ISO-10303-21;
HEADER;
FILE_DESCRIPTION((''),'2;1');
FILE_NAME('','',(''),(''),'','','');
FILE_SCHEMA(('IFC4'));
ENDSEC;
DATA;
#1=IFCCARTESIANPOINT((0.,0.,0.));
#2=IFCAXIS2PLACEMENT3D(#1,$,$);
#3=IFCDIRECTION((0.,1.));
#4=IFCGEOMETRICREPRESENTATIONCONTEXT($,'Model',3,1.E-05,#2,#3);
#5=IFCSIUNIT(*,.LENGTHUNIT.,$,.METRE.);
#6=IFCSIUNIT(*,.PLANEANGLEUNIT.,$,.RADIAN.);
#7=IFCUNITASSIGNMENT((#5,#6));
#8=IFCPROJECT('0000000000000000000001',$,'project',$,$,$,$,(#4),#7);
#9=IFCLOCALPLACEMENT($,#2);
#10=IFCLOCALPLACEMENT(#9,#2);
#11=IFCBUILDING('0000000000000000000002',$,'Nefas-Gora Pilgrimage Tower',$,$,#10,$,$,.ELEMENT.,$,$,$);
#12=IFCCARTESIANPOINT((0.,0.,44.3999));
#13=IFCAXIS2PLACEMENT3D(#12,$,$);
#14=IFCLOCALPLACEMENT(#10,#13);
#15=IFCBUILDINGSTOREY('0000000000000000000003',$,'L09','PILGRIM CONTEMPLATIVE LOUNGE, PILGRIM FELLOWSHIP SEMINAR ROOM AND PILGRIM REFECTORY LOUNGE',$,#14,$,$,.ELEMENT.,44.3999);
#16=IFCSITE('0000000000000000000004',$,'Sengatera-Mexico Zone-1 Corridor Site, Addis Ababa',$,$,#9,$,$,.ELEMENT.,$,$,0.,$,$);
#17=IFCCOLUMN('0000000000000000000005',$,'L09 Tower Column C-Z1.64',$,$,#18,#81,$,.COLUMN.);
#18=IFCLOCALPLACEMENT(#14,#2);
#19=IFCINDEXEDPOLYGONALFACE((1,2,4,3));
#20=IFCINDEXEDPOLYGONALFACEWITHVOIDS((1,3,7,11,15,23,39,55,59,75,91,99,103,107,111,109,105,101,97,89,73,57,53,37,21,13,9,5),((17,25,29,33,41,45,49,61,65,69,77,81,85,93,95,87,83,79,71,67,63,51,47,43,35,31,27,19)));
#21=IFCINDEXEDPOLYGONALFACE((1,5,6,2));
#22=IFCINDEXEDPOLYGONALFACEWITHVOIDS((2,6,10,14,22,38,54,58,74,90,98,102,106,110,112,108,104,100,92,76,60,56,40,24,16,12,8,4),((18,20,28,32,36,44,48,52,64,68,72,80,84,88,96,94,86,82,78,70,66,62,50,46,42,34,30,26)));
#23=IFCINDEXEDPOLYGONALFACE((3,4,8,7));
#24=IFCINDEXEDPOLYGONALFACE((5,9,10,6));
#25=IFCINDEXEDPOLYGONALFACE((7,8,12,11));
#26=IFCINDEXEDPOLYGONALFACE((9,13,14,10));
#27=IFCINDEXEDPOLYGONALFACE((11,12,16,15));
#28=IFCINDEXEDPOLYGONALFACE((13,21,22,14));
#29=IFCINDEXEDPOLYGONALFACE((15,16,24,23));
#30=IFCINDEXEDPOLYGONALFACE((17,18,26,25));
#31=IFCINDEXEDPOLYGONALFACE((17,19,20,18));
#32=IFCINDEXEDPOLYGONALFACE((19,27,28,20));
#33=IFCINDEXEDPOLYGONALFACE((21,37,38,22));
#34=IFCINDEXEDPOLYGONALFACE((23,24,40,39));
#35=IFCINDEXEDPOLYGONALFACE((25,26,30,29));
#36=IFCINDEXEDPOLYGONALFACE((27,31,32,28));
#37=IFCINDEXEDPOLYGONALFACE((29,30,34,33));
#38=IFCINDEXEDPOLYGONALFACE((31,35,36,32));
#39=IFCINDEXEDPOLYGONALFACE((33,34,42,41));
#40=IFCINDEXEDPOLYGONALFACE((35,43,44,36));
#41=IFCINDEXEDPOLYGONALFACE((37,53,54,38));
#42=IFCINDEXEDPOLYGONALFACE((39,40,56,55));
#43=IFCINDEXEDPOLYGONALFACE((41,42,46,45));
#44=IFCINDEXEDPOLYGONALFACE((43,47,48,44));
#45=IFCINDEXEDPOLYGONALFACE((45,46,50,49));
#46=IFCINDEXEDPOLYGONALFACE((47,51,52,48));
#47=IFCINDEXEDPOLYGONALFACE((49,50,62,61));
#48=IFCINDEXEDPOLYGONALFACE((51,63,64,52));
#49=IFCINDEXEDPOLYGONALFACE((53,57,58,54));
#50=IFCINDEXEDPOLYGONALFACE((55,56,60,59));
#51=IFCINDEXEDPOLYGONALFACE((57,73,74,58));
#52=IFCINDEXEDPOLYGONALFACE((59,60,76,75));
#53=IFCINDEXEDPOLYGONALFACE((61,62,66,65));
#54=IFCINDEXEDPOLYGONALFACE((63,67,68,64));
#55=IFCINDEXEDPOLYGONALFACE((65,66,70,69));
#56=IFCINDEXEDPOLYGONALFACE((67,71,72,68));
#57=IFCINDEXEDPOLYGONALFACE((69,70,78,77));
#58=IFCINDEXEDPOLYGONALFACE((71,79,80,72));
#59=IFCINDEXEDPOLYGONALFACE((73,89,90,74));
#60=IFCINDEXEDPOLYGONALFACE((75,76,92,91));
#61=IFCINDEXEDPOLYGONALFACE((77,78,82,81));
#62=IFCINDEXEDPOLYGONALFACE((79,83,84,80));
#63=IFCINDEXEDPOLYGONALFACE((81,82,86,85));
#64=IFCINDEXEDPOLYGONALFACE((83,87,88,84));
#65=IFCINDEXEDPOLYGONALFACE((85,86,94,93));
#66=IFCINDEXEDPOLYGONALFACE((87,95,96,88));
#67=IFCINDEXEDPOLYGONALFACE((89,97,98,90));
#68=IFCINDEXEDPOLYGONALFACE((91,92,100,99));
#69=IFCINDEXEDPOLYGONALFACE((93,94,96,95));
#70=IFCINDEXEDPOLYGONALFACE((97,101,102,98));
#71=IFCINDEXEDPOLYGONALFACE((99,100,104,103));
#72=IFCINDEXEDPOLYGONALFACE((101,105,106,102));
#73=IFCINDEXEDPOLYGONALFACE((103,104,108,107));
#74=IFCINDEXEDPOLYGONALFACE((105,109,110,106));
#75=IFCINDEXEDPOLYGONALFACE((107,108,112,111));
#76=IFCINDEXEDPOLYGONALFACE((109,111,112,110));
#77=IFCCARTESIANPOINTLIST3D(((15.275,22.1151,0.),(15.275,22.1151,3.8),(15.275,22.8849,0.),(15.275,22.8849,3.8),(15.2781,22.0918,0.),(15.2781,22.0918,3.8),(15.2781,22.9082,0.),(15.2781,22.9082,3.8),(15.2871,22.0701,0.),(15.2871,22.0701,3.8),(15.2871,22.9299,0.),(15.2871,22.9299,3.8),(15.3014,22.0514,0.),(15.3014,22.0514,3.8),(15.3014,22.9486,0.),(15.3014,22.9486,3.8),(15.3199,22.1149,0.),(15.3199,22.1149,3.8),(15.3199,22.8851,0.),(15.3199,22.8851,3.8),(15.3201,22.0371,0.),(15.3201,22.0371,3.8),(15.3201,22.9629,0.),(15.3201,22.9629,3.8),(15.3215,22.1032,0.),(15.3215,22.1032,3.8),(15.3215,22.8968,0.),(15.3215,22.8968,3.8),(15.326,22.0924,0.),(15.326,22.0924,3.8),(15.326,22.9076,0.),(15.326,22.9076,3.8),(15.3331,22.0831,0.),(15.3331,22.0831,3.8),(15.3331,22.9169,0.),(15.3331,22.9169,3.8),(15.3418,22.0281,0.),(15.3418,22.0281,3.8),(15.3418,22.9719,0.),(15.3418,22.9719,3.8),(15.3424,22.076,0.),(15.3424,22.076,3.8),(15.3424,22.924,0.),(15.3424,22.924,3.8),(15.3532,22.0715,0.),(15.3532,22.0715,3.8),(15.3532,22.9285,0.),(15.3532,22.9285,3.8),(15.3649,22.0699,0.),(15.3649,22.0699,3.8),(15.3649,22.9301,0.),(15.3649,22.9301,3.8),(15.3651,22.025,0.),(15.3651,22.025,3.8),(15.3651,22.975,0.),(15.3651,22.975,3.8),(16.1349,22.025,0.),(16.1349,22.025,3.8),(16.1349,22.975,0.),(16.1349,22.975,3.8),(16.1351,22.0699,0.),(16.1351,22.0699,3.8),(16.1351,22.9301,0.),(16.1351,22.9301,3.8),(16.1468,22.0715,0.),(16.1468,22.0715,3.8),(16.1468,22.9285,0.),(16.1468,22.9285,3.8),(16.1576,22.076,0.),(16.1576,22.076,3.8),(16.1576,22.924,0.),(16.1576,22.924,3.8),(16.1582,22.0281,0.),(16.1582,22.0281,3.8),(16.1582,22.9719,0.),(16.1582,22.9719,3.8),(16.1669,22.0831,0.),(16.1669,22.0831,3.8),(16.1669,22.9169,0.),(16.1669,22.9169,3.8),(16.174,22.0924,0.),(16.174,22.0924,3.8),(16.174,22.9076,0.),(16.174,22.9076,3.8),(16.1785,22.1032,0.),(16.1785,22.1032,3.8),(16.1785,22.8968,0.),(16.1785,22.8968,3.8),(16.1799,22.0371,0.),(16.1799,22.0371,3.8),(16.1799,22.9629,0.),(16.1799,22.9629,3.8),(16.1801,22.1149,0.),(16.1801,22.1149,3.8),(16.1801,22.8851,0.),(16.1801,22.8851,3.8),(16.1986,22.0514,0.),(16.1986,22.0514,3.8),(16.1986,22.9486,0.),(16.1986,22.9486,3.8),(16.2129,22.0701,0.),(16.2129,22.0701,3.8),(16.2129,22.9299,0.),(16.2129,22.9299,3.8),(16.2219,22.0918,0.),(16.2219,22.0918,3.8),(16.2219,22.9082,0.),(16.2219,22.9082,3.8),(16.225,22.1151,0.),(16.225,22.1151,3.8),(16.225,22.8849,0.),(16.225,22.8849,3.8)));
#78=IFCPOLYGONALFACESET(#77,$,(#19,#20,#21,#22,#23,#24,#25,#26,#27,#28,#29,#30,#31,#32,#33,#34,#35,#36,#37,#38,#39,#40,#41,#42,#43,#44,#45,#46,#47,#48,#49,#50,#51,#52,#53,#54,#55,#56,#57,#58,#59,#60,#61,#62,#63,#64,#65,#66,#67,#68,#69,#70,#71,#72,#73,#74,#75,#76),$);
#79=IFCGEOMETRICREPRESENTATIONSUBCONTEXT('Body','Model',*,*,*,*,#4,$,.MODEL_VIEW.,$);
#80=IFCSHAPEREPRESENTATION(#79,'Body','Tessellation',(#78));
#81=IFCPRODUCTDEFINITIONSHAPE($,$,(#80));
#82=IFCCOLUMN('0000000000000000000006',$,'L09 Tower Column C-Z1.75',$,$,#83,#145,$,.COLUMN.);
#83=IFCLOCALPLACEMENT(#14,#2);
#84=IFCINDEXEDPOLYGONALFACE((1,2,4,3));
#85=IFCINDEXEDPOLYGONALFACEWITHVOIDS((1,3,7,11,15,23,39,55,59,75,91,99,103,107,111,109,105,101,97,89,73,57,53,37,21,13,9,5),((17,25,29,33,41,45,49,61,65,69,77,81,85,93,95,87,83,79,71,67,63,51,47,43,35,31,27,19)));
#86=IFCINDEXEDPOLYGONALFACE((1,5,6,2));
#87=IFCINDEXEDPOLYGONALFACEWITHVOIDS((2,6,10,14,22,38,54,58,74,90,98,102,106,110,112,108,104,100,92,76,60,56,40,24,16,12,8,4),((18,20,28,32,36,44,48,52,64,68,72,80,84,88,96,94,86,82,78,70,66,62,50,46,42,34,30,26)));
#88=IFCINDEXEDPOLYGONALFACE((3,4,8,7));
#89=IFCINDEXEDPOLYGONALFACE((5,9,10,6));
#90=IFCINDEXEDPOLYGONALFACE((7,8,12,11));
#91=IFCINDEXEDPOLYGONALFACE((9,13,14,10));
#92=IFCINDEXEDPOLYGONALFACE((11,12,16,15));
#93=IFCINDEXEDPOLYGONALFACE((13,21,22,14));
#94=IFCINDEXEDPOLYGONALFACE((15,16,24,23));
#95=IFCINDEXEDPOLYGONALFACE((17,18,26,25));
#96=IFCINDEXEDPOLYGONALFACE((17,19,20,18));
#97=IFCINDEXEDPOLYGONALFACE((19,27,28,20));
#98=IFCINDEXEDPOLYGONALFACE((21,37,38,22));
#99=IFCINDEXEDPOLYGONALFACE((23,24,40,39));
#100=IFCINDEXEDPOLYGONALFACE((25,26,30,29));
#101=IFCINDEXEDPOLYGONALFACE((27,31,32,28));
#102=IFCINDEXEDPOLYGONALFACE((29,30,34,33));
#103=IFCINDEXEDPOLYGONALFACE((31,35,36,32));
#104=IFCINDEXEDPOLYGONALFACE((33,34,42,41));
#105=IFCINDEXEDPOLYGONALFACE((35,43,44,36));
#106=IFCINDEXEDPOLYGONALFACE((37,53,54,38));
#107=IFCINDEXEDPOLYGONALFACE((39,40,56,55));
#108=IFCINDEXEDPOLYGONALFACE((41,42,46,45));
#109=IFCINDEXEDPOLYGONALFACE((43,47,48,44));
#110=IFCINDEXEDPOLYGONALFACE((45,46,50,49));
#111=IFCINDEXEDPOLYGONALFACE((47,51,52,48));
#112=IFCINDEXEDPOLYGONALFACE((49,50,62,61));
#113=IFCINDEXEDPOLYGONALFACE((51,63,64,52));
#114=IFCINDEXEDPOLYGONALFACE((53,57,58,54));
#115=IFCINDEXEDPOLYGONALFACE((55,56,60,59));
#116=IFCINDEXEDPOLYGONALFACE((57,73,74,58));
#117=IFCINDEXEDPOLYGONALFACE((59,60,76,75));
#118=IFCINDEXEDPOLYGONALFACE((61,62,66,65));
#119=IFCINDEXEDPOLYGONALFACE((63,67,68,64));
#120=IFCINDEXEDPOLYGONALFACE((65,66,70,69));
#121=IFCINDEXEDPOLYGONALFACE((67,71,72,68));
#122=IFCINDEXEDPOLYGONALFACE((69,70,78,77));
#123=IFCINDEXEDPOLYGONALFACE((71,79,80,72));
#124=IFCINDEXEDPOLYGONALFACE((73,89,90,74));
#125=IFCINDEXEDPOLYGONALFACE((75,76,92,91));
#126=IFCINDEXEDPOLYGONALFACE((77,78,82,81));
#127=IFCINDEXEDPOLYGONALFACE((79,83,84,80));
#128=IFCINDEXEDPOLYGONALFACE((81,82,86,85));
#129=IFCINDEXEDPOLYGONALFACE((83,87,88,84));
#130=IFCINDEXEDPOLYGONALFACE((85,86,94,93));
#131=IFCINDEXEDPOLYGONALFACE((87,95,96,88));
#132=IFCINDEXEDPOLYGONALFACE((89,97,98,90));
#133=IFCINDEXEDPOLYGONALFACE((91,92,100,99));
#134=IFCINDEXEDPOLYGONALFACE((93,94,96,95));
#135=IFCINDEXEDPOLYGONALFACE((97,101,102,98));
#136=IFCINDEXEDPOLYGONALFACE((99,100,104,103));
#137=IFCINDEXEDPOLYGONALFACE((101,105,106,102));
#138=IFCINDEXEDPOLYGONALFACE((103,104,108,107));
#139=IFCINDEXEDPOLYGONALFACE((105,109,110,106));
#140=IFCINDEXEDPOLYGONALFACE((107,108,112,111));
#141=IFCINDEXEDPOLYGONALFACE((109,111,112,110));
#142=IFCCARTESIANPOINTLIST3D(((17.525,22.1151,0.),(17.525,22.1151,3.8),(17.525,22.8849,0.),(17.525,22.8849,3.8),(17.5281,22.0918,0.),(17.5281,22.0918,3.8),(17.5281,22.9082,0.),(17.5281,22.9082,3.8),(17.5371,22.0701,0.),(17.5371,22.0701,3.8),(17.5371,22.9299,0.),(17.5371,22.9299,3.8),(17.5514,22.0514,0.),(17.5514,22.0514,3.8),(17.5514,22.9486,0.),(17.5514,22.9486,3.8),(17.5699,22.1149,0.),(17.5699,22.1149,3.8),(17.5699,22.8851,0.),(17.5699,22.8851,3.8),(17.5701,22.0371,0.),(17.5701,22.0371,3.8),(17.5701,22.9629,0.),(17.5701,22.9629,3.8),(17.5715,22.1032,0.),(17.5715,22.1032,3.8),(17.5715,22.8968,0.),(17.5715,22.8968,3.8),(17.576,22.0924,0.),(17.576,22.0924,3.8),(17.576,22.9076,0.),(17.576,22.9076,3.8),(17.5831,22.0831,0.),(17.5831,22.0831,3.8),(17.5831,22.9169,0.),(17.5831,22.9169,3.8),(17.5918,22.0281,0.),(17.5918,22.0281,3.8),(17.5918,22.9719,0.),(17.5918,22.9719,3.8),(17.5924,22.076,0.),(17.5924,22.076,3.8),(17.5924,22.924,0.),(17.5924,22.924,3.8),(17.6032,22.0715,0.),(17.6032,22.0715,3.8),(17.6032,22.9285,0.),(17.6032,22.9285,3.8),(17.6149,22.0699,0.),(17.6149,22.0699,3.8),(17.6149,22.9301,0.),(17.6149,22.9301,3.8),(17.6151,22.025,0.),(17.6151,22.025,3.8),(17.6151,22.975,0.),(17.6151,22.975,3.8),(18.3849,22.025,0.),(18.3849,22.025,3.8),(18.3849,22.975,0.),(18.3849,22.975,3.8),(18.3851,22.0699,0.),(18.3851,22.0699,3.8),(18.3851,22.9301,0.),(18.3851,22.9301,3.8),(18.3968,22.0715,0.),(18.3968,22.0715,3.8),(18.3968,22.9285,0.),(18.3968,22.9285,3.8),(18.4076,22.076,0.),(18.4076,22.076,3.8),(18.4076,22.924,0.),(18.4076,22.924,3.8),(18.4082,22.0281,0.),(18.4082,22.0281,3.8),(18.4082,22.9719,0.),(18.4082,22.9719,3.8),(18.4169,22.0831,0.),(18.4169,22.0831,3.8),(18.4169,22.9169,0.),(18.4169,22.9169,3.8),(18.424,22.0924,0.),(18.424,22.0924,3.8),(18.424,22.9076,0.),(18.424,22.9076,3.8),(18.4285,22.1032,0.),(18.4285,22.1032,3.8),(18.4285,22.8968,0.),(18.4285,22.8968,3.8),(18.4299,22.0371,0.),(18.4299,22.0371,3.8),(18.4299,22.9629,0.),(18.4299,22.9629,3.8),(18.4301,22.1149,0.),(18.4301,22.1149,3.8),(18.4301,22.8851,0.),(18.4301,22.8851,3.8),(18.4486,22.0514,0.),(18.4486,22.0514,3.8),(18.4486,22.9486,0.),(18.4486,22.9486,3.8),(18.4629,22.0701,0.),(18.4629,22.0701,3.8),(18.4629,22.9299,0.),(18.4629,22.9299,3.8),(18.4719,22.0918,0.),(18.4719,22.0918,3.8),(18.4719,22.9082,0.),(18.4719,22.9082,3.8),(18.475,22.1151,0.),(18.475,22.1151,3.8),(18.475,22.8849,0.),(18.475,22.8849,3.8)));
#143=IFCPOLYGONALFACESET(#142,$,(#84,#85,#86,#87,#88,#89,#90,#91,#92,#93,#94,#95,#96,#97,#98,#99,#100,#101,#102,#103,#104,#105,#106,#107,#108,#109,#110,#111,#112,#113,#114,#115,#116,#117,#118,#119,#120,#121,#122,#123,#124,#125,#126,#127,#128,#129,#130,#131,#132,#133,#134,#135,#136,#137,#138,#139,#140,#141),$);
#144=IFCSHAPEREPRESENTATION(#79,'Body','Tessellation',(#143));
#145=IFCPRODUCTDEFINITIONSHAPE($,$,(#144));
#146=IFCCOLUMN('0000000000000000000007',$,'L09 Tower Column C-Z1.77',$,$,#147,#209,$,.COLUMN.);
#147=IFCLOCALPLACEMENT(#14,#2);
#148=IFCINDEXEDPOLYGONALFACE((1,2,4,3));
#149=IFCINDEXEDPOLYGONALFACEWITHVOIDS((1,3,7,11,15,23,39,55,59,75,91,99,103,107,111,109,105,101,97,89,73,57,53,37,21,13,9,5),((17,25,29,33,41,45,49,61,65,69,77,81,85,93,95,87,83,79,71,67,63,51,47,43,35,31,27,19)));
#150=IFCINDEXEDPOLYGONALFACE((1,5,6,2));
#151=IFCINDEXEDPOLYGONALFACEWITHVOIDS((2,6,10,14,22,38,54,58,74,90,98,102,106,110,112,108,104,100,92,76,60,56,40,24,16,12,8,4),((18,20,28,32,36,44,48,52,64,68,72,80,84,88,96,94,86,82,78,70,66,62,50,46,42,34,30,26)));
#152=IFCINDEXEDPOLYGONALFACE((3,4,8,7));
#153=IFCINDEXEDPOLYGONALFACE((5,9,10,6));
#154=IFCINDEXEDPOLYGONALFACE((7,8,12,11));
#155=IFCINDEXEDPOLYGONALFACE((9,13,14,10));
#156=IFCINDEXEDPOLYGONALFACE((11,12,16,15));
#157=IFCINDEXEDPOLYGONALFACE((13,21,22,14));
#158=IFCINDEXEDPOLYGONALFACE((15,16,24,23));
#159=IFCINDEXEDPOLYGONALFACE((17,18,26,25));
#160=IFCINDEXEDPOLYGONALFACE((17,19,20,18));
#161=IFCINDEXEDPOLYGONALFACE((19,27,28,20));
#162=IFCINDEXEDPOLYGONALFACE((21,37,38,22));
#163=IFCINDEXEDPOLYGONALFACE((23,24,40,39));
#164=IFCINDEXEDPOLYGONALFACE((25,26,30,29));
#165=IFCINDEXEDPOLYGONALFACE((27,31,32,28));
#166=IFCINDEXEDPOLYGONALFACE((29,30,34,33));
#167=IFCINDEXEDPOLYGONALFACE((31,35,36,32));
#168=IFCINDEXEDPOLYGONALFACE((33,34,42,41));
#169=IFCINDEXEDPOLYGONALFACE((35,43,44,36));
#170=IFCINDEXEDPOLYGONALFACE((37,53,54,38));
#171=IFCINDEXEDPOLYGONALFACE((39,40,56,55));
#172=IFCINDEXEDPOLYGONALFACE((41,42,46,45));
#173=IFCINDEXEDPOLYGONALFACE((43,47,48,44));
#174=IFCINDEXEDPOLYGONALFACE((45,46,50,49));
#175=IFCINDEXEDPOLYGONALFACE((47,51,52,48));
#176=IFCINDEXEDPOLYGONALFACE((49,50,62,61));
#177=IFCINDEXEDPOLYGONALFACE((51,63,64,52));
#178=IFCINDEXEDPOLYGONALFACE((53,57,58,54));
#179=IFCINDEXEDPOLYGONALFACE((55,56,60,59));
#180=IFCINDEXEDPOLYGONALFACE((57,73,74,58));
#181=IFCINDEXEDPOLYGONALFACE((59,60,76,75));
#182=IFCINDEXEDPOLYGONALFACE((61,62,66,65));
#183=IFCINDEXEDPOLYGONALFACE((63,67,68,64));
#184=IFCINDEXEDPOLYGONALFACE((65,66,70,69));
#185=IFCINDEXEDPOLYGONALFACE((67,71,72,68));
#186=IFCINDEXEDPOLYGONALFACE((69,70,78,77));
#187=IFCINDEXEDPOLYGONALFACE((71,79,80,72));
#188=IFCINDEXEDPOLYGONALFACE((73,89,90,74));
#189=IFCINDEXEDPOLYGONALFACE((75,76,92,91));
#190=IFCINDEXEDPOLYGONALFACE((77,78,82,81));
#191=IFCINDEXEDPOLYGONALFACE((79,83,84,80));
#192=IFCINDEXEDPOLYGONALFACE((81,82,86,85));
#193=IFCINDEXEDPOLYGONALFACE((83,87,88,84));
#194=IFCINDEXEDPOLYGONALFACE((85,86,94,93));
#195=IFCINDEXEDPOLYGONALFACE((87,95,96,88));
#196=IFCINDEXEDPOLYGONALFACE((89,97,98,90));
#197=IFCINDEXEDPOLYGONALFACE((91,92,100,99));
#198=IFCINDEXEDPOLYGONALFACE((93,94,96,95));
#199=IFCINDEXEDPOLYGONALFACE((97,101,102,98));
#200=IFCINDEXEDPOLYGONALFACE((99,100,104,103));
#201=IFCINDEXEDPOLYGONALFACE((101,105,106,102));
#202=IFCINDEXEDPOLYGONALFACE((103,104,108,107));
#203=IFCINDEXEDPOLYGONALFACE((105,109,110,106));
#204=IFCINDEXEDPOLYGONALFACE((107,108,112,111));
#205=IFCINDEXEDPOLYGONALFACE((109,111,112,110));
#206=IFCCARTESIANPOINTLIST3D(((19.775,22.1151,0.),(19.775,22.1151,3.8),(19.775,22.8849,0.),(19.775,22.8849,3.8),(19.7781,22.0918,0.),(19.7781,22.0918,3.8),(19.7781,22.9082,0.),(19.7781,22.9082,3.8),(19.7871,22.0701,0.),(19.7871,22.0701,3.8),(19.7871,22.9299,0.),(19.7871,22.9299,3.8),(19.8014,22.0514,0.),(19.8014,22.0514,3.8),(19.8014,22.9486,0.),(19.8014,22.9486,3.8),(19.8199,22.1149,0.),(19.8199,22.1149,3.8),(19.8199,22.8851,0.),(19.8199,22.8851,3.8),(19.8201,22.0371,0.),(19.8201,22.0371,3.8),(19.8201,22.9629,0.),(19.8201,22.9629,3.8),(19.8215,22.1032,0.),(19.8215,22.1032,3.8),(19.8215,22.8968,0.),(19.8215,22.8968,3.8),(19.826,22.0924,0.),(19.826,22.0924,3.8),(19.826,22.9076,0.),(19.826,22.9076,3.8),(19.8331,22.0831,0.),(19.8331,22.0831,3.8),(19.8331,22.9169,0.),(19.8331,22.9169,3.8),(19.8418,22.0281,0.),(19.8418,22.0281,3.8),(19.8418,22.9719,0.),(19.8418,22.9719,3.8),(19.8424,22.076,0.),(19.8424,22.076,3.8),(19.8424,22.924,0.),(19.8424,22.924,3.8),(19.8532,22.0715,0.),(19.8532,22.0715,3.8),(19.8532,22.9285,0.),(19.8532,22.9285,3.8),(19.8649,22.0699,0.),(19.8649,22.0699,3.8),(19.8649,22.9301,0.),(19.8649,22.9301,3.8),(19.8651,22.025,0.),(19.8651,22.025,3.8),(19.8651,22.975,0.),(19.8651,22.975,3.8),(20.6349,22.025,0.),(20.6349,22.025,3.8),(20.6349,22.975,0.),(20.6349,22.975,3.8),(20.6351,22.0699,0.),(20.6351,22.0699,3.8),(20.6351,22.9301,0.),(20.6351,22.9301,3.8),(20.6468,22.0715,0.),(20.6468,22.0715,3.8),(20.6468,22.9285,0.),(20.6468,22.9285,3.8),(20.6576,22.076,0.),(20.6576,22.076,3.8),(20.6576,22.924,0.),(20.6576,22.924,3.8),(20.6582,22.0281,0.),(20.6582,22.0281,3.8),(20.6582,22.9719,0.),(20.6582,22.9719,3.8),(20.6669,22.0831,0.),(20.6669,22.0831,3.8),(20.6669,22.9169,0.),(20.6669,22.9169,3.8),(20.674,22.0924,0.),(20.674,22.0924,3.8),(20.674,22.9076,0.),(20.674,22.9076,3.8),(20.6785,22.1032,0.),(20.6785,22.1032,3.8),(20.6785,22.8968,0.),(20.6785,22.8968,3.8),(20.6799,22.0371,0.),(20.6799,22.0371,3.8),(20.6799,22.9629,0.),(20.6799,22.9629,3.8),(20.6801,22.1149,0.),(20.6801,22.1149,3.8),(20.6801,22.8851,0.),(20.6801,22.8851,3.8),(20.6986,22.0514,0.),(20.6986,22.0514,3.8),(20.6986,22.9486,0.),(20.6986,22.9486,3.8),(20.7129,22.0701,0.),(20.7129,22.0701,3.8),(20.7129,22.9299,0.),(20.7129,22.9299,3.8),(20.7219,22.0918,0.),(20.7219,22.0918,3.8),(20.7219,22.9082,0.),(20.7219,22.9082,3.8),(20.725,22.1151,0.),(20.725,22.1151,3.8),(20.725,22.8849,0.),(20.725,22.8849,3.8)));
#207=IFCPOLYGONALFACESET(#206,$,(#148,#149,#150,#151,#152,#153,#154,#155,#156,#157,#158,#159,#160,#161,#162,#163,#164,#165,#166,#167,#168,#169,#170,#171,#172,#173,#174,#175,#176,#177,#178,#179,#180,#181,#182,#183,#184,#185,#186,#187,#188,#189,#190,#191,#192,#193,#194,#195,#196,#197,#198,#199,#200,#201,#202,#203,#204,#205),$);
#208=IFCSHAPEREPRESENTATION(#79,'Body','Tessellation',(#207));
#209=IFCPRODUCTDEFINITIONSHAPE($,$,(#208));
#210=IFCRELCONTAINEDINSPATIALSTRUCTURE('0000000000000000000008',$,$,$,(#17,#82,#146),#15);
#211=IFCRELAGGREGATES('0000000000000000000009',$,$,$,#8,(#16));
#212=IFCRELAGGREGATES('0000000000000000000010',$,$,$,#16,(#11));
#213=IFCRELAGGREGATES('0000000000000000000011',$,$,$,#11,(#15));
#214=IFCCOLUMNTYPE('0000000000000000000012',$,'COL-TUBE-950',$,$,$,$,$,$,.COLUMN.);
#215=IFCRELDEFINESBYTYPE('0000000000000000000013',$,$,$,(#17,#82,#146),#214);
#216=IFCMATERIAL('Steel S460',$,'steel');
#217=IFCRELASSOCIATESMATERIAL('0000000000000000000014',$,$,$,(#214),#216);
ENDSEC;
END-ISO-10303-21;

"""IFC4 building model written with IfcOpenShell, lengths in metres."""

from ifc_helpers import new_model, si_unit, direction, frame, origin, origin_2d, place, context, subcontext, project, spatial, hollow_rectangle, extrude, source, transform, mapped, material, material_profile, profile_set, type_object, element, save


model = new_model("IFC4")

# Units and contexts
model_context = context("Model", 3, precision=1e-05, world=origin(), true_north=direction((0.0, 1.0)))
body_context = subcontext(model_context, "Body", "Model", "MODEL_VIEW")
ifc_project = project(units=[si_unit("LENGTHUNIT", "METRE"), si_unit("PLANEANGLEUNIT", "RADIAN")], contexts=[model_context])

# Site, building, storey
site_placement = place(None, origin())
site = spatial("IfcSite", under=ifc_project, at=site_placement, Name="Sengatera-Mexico Zone-1 Corridor Site, Addis Ababa", CompositionType="ELEMENT", RefElevation=0.0)
building_placement = place(site_placement, origin())
building = spatial("IfcBuilding", under=site, at=building_placement, Name="Nefas-Gora Pilgrimage Tower", CompositionType="ELEMENT")
storey_placement = place(building_placement, frame((0.0, 0.0, 44.3999)))
storey = spatial("IfcBuildingStorey", under=building, at=storey_placement, Name="L09", Description="PILGRIM CONTEMPLATIVE LOUNGE, PILGRIM FELLOWSHIP SEMINAR ROOM AND PILGRIM REFECTORY LOUNGE", CompositionType="ELEMENT", Elevation=44.3999)

# Columns
ifc_material_1 = material(Name="Steel S460", Category="steel")
ifc_material_profile_1 = material_profile(ifc_material_1, hollow_rectangle(XDim=0.95, YDim=0.95, WallThickness=0.0449, InnerFilletRadius=0.0449, OuterFilletRadius=0.0901, at=origin_2d()), Name="BOX 950x950x45")
ifc_profile_set_1 = profile_set([ifc_material_profile_1], Name="Steel S460")
column_type_1 = type_object("IfcColumnType", Name="COL-TUBE-950", PredefinedType="COLUMN", material=ifc_profile_set_1)
shared_shape_1 = source(origin(), body_context, "Body", "SweptSolid", [
    extrude(hollow_rectangle(XDim=0.95, YDim=0.95, WallThickness=0.0449, InnerFilletRadius=0.0449, OuterFilletRadius=0.0901, at=origin_2d()), origin(), (0.0, 0.0, 1.0), 3.8),
])
for number, where, z_axis, x_axis, name in (
    (1, (15.75, 22.5, 0.0), (0.0, 0.0, 1.0), (1.0, 0.0, 0.0), "L09 Tower Column C-Z1.64"),
    (2, (18.0, 22.5, 0.0), (0.0, 0.0, 1.0), (1.0, 0.0, 0.0), "L09 Tower Column C-Z1.75"),
    (3, (20.25, 22.5, 0.0), (0.0, 0.0, 1.0), (1.0, 0.0, 0.0), "L09 Tower Column C-Z1.77"),
):
    element("IfcColumn", number, at=place(storey_placement, frame(where, z_axis=z_axis, x_axis=x_axis)), inside=storey, type_object=column_type_1, Name=name, PredefinedType="COLUMN", context=body_context, shape_type="MappedRepresentation", body=[
        mapped(shared_shape_1, transform((0.0, 0.0, 0.0), x_axis=(1.0, 0.0, 0.0), y_axis=(0.0, 1.0, 0.0), z_axis=(0.0, 0.0, 1.0), scale=1.0)),
    ])

save(model, "model.ifc")
